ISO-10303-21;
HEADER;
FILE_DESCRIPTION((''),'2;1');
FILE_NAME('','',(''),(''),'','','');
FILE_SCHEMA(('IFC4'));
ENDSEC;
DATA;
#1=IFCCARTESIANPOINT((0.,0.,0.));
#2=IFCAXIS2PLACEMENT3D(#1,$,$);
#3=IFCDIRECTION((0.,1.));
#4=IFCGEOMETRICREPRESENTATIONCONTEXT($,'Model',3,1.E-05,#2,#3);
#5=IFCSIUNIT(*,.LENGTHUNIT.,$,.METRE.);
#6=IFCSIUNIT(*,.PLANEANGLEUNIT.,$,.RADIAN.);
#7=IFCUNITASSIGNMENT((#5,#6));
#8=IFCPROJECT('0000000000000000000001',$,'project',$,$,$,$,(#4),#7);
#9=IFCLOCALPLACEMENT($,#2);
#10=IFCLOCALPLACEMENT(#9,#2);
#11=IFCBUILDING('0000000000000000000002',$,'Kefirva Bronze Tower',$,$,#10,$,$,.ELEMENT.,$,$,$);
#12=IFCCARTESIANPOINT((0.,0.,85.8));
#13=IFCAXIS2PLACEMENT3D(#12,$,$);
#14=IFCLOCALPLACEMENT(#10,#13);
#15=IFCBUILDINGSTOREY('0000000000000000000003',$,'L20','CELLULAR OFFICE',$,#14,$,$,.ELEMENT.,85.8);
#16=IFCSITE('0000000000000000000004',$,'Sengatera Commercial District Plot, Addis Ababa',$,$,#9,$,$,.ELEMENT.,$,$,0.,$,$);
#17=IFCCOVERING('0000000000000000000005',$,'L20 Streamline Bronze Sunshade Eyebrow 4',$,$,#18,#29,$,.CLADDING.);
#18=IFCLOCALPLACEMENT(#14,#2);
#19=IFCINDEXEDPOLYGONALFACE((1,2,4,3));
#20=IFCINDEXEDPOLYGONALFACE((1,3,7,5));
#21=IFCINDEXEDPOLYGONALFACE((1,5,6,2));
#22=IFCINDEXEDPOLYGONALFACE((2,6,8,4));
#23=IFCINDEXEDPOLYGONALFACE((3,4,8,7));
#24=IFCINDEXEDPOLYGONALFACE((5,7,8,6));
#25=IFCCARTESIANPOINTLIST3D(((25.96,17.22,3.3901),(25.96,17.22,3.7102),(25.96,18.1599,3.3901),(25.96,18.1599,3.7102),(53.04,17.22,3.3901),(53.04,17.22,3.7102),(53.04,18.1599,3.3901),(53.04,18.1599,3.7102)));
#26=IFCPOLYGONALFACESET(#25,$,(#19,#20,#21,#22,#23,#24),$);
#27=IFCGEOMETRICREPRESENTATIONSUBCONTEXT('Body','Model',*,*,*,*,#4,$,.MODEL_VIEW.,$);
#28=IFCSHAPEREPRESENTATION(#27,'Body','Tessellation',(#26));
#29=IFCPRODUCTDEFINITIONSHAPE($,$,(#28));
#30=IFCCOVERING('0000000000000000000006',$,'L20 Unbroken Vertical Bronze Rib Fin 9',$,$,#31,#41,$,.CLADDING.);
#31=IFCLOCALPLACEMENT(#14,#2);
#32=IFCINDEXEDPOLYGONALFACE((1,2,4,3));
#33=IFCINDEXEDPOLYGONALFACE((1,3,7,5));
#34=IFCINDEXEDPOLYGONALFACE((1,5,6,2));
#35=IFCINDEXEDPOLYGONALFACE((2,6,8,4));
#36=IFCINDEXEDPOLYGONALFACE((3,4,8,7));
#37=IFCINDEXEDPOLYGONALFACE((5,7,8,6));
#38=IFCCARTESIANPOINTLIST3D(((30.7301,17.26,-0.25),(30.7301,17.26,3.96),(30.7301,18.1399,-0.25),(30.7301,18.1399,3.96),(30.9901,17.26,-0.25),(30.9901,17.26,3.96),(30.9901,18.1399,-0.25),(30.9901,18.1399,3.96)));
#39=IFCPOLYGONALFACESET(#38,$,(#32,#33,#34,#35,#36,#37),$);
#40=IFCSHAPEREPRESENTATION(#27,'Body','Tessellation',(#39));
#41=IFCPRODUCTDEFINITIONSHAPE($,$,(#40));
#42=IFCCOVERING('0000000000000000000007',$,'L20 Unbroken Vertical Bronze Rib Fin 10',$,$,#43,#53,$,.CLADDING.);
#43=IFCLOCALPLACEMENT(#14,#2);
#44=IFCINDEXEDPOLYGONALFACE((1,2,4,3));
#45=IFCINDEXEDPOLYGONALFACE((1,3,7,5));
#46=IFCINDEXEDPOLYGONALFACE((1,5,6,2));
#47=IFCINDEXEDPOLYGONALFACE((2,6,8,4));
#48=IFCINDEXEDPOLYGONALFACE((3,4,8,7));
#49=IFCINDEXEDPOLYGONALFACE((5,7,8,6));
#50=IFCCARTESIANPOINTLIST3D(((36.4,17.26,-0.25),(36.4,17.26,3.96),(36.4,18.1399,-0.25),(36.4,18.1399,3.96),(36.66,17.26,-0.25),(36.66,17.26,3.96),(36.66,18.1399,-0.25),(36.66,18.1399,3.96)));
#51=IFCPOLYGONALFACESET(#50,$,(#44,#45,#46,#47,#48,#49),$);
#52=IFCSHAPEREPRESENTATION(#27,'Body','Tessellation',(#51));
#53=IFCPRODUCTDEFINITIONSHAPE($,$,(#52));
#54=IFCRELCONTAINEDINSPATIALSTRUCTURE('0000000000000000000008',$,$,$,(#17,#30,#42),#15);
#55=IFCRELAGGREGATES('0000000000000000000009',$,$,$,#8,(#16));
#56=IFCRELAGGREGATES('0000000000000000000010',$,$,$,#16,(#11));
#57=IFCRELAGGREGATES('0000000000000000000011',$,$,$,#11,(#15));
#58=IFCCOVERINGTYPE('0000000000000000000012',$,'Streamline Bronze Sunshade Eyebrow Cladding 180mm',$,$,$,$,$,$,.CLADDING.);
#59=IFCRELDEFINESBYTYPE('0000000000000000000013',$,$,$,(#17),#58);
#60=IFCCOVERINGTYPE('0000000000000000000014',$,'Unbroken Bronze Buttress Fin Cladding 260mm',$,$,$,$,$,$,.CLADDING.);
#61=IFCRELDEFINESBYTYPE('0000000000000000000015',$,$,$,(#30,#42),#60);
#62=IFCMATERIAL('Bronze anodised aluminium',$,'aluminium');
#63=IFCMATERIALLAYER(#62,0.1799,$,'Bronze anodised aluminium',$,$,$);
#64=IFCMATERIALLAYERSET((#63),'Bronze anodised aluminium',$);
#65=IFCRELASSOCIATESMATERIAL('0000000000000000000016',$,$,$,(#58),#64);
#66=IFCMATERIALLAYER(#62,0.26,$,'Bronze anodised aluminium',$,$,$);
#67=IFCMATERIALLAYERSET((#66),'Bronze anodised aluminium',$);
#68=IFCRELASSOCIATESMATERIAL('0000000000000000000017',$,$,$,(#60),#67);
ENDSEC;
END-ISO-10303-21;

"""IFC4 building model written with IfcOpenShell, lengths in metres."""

from ifc_helpers import new_model, si_unit, direction, frame, origin, origin_2d, place, context, subcontext, project, spatial, rectangle, extrude, material, layer, layer_set, type_object, element, save


model = new_model("IFC4")

# Units and contexts
model_context = context("Model", 3, precision=1e-05, world=origin(), true_north=direction((0.0, 1.0)))
body_context = subcontext(model_context, "Body", "Model", "MODEL_VIEW")
ifc_project = project(units=[si_unit("LENGTHUNIT", "METRE"), si_unit("PLANEANGLEUNIT", "RADIAN")], contexts=[model_context])

# Site, building, storey
site_placement = place(None, origin())
site = spatial("IfcSite", under=ifc_project, at=site_placement, Name="Sengatera Commercial District Plot, Addis Ababa", CompositionType="ELEMENT", RefElevation=0.0)
building_placement = place(site_placement, origin())
building = spatial("IfcBuilding", under=site, at=building_placement, Name="Kefirva Bronze Tower", CompositionType="ELEMENT")
storey_placement = place(building_placement, frame((0.0, 0.0, 85.8)))
storey = spatial("IfcBuildingStorey", under=building, at=storey_placement, Name="L20", Description="CELLULAR OFFICE", CompositionType="ELEMENT", Elevation=85.8)

# Shared definitions
ifc_material_1 = material(Name="Bronze anodised aluminium", Category="aluminium")

# Coverings
ifc_layer_1 = layer(ifc_material_1, 0.1799, Name="Bronze anodised aluminium")
ifc_layer_set_1 = layer_set([ifc_layer_1], Name="Bronze anodised aluminium")
covering_type_1 = type_object("IfcCoveringType", Name="Streamline Bronze Sunshade Eyebrow Cladding 180mm", PredefinedType="CLADDING", material=ifc_layer_set_1)
covering_1_placement = place(storey_placement, frame((39.5, 17.6899, 3.3901), z_axis=(0.0, 0.0, 1.0), x_axis=(1.0, 0.0, 0.0)))
element("IfcCovering", 1, at=covering_1_placement, inside=storey, type_object=covering_type_1, Name="L20 Streamline Bronze Sunshade Eyebrow 4", PredefinedType="CLADDING", context=body_context, shape_type="SweptSolid", body=[
    extrude(rectangle(XDim=27.0801, YDim=0.9399, at=origin_2d()), origin(), (0.0, 0.0, 1.0), 0.3201),
])
ifc_layer_2 = layer(ifc_material_1, 0.26, Name="Bronze anodised aluminium")
ifc_layer_set_2 = layer_set([ifc_layer_2], Name="Bronze anodised aluminium")
covering_type_2 = type_object("IfcCoveringType", Name="Unbroken Bronze Buttress Fin Cladding 260mm", PredefinedType="CLADDING", material=ifc_layer_set_2)
for number, where, z_axis, x_axis, name in (
    (2, (30.8601, 17.7, -0.25), (0.0, 0.0, 1.0), (1.0, 0.0, 0.0), "L20 Unbroken Vertical Bronze Rib Fin 9"),
    (3, (36.53, 17.7, -0.25), (0.0, 0.0, 1.0), (1.0, 0.0, 0.0), "L20 Unbroken Vertical Bronze Rib Fin 10"),
):
    element("IfcCovering", number, at=place(storey_placement, frame(where, z_axis=z_axis, x_axis=x_axis)), inside=storey, type_object=covering_type_2, Name=name, PredefinedType="CLADDING", context=body_context, shape_type="SweptSolid", body=[
        extrude(rectangle(XDim=0.26, YDim=0.8799, at=origin_2d()), origin(), (0.0, 0.0, 1.0), 4.21),
    ])

save(model, "model.ifc")
